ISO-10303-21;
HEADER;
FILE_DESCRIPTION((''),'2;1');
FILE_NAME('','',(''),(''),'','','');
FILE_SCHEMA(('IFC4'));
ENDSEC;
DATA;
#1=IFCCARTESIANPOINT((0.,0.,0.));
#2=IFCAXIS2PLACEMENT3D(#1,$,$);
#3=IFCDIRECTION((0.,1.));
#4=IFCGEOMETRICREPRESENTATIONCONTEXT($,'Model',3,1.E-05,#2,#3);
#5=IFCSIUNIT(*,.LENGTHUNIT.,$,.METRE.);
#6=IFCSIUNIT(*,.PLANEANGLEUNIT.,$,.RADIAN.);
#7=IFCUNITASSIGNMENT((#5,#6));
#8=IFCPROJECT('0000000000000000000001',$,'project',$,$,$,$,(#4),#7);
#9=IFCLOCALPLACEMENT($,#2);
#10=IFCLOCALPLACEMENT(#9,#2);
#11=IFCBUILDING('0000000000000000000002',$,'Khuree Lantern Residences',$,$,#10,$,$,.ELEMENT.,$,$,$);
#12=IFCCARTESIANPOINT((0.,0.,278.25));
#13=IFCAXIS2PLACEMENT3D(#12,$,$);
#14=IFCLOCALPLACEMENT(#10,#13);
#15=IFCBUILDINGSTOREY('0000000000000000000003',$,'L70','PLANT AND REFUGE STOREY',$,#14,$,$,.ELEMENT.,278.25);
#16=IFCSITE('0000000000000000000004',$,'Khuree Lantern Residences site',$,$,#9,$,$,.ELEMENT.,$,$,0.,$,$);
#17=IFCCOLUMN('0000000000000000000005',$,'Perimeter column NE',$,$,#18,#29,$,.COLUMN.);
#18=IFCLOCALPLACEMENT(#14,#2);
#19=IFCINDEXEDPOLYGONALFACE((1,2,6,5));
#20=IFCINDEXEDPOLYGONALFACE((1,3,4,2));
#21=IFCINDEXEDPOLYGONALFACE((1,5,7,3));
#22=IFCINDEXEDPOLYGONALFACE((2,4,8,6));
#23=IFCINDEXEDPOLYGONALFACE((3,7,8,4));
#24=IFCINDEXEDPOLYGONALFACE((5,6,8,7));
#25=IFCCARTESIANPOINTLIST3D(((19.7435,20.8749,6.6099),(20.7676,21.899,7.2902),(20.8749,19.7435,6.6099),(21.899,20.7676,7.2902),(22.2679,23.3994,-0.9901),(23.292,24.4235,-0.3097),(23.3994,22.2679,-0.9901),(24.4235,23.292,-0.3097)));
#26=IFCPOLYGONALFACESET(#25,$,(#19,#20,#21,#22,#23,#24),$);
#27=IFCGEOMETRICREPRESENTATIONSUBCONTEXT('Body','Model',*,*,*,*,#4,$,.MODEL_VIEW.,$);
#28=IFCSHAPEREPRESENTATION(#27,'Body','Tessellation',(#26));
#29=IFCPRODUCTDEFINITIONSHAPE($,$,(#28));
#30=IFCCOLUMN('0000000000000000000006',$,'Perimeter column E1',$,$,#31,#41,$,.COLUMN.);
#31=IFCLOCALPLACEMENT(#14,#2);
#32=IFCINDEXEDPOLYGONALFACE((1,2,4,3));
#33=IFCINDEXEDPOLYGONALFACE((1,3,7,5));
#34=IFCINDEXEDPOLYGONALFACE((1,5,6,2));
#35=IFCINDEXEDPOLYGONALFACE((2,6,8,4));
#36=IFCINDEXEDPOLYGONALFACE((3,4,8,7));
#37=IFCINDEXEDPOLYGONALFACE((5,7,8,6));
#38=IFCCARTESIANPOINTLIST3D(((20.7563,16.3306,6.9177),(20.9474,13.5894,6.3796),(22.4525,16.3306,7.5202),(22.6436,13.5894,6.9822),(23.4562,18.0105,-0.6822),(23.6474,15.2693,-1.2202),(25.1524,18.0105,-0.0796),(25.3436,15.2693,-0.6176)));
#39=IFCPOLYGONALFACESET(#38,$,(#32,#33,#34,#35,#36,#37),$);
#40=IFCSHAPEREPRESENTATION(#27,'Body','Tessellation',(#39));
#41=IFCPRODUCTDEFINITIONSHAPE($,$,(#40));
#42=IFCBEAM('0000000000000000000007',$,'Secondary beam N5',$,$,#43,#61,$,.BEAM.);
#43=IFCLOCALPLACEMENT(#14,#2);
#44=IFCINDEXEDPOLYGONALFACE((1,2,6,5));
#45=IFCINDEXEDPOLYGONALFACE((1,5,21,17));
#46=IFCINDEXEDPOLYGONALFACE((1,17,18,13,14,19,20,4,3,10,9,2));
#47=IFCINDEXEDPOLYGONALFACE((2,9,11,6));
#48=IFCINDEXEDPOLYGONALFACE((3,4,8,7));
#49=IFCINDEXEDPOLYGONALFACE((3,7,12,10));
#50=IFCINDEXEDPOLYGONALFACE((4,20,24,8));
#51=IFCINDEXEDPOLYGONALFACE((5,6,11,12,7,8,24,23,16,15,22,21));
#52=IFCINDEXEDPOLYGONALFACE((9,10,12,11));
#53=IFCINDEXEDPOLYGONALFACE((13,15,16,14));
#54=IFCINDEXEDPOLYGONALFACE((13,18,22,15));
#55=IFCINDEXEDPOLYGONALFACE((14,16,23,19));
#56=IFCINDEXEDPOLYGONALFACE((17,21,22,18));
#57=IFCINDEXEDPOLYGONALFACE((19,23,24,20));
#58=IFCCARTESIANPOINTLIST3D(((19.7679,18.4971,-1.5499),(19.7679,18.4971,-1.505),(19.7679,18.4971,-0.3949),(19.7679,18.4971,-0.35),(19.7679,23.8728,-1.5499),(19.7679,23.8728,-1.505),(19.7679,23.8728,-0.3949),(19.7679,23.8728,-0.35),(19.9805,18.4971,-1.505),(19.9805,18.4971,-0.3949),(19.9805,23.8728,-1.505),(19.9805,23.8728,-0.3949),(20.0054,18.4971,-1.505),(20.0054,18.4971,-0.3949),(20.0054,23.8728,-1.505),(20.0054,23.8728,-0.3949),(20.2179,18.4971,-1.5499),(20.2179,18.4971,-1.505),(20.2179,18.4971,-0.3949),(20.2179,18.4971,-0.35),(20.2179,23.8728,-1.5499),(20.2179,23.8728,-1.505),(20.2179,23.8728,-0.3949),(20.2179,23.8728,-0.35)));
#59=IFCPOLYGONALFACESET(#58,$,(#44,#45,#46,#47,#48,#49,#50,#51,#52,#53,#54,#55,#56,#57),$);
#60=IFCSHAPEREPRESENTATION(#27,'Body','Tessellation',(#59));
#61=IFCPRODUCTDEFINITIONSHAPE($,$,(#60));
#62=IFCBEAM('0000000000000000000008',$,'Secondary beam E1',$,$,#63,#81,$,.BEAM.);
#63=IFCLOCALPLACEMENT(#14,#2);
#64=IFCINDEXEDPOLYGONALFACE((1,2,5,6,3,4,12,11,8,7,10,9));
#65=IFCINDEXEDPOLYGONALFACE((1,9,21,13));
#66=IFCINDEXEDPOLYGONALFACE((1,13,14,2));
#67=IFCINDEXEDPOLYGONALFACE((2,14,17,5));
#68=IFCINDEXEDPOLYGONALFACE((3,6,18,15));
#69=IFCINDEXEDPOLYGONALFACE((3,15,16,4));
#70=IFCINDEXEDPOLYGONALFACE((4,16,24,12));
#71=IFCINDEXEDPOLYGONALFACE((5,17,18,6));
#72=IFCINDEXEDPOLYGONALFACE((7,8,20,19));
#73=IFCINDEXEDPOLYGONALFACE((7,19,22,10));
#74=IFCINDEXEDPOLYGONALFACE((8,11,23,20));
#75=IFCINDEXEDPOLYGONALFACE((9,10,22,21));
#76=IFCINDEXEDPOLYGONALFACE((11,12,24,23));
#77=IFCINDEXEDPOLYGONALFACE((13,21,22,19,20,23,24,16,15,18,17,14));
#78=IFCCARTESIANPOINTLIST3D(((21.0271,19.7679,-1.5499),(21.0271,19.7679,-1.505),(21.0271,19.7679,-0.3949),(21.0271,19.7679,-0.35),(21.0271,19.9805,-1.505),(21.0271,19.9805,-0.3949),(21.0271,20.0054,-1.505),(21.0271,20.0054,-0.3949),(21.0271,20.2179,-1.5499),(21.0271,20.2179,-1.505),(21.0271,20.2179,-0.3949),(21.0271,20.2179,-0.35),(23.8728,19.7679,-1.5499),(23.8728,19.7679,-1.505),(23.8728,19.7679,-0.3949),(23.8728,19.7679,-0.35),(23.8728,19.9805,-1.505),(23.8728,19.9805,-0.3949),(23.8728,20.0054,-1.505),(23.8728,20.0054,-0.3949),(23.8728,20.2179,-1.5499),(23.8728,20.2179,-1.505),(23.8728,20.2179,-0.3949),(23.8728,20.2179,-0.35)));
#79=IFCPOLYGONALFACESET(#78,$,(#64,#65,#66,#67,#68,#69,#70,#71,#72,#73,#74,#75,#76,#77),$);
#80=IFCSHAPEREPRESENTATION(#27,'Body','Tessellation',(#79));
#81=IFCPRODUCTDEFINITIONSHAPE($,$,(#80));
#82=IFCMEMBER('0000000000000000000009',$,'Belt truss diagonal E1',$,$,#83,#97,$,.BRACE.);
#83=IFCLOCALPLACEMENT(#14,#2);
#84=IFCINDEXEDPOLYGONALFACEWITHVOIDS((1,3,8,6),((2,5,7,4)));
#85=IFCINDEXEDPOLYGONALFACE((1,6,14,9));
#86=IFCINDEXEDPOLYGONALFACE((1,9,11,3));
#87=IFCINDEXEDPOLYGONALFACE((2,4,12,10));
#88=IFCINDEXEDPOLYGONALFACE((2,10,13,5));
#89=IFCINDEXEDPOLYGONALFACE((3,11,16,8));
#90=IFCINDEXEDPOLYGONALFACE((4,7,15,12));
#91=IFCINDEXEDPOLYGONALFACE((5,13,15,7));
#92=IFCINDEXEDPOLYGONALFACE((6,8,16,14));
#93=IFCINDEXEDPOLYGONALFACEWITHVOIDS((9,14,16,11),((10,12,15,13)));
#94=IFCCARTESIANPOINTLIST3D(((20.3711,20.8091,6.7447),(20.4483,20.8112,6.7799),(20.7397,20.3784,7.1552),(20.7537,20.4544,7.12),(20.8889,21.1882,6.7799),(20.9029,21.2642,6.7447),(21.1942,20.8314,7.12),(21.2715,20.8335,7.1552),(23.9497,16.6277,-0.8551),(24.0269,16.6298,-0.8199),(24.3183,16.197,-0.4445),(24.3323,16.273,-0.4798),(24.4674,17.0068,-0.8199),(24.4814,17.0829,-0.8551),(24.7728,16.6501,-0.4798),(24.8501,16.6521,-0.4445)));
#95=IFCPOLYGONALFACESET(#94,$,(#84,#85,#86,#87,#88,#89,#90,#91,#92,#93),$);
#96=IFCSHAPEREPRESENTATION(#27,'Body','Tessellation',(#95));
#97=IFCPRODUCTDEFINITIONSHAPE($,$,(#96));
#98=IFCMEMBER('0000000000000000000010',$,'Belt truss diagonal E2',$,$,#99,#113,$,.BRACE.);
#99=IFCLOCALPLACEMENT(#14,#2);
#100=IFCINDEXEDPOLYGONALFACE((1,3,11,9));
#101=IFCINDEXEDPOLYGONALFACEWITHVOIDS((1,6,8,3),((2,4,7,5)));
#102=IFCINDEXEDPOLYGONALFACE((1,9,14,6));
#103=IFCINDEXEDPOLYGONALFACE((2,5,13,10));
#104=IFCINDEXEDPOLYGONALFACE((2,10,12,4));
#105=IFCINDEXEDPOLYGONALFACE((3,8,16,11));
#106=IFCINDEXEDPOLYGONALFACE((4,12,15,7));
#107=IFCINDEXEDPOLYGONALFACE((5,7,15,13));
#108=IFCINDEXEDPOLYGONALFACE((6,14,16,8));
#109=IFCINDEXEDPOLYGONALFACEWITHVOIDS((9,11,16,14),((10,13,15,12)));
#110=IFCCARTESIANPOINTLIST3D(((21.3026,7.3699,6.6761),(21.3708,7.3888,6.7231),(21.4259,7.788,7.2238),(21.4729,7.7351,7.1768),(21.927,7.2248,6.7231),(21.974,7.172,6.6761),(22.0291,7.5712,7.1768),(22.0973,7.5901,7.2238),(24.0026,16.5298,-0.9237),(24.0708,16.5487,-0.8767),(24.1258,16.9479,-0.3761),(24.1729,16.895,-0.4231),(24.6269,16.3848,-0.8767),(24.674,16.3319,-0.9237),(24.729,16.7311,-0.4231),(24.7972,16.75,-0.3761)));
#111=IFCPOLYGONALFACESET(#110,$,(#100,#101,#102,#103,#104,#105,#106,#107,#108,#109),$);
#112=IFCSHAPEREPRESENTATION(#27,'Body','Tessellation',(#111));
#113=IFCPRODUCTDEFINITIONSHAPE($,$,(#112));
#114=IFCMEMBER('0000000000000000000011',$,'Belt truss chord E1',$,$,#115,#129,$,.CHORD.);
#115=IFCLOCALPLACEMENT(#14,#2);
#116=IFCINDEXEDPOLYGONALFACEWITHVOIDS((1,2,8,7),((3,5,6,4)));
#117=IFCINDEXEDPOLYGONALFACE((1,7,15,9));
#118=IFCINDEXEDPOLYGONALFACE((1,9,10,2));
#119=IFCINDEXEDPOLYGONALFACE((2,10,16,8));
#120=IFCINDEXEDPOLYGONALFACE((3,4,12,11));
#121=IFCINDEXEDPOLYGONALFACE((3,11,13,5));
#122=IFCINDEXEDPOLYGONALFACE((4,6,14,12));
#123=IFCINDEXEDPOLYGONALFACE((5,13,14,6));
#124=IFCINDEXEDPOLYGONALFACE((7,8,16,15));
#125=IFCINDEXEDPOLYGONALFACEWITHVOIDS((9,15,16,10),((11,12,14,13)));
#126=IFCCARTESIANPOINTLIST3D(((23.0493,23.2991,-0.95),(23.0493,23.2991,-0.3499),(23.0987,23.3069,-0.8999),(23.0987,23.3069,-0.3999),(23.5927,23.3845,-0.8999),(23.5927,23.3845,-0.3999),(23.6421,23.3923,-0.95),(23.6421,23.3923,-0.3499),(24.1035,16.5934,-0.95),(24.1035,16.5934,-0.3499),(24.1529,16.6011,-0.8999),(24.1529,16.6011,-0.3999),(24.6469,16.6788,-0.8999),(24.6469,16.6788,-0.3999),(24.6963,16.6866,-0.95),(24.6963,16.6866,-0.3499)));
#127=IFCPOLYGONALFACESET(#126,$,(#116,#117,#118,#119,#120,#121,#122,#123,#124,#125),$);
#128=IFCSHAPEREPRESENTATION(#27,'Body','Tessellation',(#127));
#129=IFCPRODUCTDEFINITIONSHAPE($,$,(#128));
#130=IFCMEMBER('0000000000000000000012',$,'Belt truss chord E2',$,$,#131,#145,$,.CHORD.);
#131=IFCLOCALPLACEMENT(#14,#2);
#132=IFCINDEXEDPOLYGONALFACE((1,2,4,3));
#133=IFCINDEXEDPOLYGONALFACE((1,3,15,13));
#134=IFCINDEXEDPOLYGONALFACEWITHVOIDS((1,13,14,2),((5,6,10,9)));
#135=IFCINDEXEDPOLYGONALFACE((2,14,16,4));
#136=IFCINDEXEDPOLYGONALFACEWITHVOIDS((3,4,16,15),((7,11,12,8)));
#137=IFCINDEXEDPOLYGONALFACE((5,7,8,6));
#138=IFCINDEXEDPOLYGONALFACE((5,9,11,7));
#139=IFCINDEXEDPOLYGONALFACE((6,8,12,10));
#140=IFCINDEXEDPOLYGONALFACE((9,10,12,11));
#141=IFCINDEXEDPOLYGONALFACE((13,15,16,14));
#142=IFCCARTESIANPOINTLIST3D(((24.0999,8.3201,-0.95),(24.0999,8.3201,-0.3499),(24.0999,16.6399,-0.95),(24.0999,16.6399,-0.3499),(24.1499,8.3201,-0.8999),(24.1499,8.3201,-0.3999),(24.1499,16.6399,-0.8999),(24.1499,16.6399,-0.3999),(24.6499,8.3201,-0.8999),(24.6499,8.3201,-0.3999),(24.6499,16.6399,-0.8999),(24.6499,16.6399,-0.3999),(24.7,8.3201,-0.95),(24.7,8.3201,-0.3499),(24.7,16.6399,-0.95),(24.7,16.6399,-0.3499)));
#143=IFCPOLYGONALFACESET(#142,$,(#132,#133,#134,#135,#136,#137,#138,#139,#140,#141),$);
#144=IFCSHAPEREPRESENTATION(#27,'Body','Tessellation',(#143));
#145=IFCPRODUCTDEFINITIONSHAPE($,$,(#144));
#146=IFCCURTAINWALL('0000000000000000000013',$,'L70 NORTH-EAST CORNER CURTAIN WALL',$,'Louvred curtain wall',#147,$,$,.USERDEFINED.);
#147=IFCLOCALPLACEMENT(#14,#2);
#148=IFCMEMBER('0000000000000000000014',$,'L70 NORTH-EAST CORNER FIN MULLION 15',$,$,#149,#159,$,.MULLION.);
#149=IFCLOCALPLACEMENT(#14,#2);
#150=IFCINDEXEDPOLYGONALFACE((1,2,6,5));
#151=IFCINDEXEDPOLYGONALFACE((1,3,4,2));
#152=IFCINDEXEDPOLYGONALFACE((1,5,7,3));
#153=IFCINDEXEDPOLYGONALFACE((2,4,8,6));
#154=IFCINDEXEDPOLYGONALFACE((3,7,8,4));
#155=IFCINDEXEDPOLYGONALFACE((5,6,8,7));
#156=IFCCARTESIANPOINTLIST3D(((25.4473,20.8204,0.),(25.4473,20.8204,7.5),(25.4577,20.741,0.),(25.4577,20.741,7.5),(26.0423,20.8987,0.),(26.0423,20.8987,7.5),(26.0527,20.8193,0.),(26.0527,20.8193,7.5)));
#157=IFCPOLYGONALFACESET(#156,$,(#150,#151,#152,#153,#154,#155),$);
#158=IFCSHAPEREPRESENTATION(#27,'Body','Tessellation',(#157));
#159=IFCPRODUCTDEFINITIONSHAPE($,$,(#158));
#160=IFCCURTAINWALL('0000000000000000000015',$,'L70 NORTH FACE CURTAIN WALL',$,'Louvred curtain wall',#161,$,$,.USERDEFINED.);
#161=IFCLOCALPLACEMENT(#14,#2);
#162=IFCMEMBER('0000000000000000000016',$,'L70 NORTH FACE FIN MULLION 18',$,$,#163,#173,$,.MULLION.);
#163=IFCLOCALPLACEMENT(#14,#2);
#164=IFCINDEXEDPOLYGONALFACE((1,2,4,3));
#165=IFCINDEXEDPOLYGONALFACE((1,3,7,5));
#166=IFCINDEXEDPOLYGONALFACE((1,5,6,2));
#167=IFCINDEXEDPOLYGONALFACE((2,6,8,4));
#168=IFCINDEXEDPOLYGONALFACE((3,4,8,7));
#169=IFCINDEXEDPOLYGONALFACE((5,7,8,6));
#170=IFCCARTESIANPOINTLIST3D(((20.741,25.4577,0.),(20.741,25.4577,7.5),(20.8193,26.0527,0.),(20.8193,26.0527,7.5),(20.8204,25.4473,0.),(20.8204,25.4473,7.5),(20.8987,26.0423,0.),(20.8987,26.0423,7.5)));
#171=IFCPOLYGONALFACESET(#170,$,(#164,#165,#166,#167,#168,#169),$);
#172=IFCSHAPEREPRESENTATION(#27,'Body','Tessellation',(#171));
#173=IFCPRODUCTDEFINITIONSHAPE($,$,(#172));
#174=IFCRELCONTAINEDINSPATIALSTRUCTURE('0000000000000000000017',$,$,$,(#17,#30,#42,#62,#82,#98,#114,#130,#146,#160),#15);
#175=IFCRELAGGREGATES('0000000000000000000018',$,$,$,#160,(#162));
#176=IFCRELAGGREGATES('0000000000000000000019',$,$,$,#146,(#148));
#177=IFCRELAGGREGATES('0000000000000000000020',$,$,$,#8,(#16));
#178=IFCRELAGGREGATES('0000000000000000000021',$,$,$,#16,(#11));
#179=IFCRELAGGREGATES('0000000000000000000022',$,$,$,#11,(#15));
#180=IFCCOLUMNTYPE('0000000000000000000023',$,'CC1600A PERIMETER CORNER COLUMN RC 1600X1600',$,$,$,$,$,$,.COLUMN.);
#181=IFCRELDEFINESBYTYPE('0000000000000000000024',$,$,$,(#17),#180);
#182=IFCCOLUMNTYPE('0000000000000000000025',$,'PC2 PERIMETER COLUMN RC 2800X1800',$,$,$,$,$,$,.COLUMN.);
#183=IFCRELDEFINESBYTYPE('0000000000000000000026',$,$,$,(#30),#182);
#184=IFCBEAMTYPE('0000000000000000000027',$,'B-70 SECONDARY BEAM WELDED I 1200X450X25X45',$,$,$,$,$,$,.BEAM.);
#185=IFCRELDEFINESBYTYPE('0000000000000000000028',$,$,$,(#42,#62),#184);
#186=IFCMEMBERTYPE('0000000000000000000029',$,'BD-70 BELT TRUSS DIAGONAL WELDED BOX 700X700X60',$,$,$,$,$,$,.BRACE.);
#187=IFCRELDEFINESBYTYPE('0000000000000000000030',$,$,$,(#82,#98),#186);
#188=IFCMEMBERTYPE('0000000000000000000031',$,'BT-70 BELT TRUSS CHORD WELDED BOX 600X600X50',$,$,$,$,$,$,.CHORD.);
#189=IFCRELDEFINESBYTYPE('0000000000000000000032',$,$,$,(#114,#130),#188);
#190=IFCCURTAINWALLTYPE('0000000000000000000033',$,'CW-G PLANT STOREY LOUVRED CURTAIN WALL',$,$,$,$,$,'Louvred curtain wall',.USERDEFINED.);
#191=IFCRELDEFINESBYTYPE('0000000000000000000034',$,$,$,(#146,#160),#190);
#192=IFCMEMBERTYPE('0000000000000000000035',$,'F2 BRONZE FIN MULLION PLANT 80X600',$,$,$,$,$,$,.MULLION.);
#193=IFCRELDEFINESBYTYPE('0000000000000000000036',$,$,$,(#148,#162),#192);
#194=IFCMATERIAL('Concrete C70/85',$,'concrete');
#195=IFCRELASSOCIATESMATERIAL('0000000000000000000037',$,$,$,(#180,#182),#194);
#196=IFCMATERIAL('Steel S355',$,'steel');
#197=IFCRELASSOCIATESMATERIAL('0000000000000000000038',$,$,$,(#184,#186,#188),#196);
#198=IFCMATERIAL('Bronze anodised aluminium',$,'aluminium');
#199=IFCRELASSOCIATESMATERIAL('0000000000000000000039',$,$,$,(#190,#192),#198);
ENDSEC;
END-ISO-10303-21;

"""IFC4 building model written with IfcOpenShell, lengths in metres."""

from ifc_helpers import new_model, si_unit, direction, frame, origin, origin_2d, place, context, subcontext, project, spatial, rectangle, hollow_rectangle, i_section, extrude, material, material_profile, profile_set, type_object, element, aggregate, save


model = new_model("IFC4")

# Units and contexts
model_context = context("Model", 3, precision=1e-05, world=origin(), true_north=direction((0.0, 1.0)))
body_context = subcontext(model_context, "Body", "Model", "MODEL_VIEW")
ifc_project = project(units=[si_unit("LENGTHUNIT", "METRE"), si_unit("PLANEANGLEUNIT", "RADIAN")], contexts=[model_context])

# Site, building, storey
site_placement = place(None, origin())
site = spatial("IfcSite", under=ifc_project, at=site_placement, Name="Khuree Lantern Residences site", CompositionType="ELEMENT", RefElevation=0.0)
building_placement = place(site_placement, origin())
building = spatial("IfcBuilding", under=site, at=building_placement, Name="Khuree Lantern Residences", CompositionType="ELEMENT")
storey_placement = place(building_placement, frame((0.0, 0.0, 278.25)))
storey = spatial("IfcBuildingStorey", under=building, at=storey_placement, Name="L70", Description="PLANT AND REFUGE STOREY", CompositionType="ELEMENT", Elevation=278.25)

# Columns
ifc_material_1 = material(Name="Concrete C70/85", Category="concrete")
ifc_material_profile_1 = material_profile(ifc_material_1, rectangle(XDim=1.6001, YDim=1.6001, at=origin_2d()), Name="RC 1600X1600")
ifc_profile_set_1 = profile_set([ifc_material_profile_1], Name="Concrete C70/85")
column_type_1 = type_object("IfcColumnType", Name="CC1600A PERIMETER CORNER COLUMN RC 1600X1600", PredefinedType="COLUMN", material=ifc_profile_set_1)
column_1_placement = place(storey_placement, frame((23.3457, 23.3457, -0.6499), z_axis=(-0.300647, -0.300647, 0.905109), x_axis=(0.707107, -0.707107, 0.0)))
element("IfcColumn", 1, at=column_1_placement, inside=storey, type_object=column_type_1, Name="Perimeter column NE", PredefinedType="COLUMN", context=body_context, shape_type="SweptSolid", body=[
    extrude(rectangle(XDim=1.6001, YDim=1.6001, at=origin_2d()), origin(), (0.0, 0.0, 1.0), 8.3967),
])
ifc_material_profile_2 = material_profile(ifc_material_1, rectangle(XDim=2.8, YDim=1.8, at=origin_2d()), Name="RC 2800X1800")
ifc_profile_set_2 = profile_set([ifc_material_profile_2], Name="Concrete C70/85")
column_type_2 = type_object("IfcColumnType", Name="PC2 PERIMETER COLUMN RC 2800X1800", PredefinedType="COLUMN", material=ifc_profile_set_2)
column_2_placement = place(storey_placement, frame((24.3999, 16.6399, -0.6499), z_axis=(-0.327731, -0.203917, 0.922502), x_axis=(-0.068256, 0.978988, 0.192155)))
element("IfcColumn", 2, at=column_2_placement, inside=storey, type_object=column_type_2, Name="Perimeter column E1", PredefinedType="COLUMN", context=body_context, shape_type="SweptSolid", body=[
    extrude(rectangle(XDim=2.8, YDim=1.8, at=origin_2d()), origin(), (0.0, 0.0, 1.0), 8.2383),
])

# Beams
ifc_material_2 = material(Name="Steel S355", Category="steel")
ifc_material_profile_3 = material_profile(ifc_material_2, i_section(OverallWidth=0.45, OverallDepth=1.2, WebThickness=0.0249, FlangeThickness=0.0449, at=origin_2d()), Name="WELDED I 1200X450X25X45")
ifc_profile_set_3 = profile_set([ifc_material_profile_3], Name="Steel S355")
beam_type_1 = type_object("IfcBeamType", Name="B-70 SECONDARY BEAM WELDED I 1200X450X25X45", PredefinedType="BEAM", material=ifc_profile_set_3)
beam_1_placement = place(storey_placement, frame((19.9929, 23.8728, -0.95), z_axis=(0.0, -1.0, 0.0), x_axis=(1.0, 0.0, 0.0)))
element("IfcBeam", 3, at=beam_1_placement, inside=storey, type_object=beam_type_1, Name="Secondary beam N5", PredefinedType="BEAM", context=body_context, shape_type="SweptSolid", body=[
    extrude(i_section(OverallWidth=0.45, OverallDepth=1.2, WebThickness=0.0249, FlangeThickness=0.0449, at=origin_2d()), origin(), (0.0, 0.0, 1.0), 5.3757),
])
beam_2_placement = place(storey_placement, frame((23.8728, 19.9929, -0.95), z_axis=(-1.0, 0.0, 0.0), x_axis=(0.0, -1.0, 0.0)))
element("IfcBeam", 4, at=beam_2_placement, inside=storey, type_object=beam_type_1, Name="Secondary beam E1", PredefinedType="BEAM", context=body_context, shape_type="SweptSolid", body=[
    extrude(i_section(OverallWidth=0.45, OverallDepth=1.2, WebThickness=0.0249, FlangeThickness=0.0449, at=origin_2d()), origin(), (0.0, 0.0, 1.0), 2.8457),
])

# Members
ifc_material_profile_4 = material_profile(ifc_material_2, hollow_rectangle(XDim=0.7, YDim=0.7, WallThickness=0.0601, at=origin_2d()), Name="WELDED BOX 700X700X60")
ifc_profile_set_4 = profile_set([ifc_material_profile_4], Name="Steel S355")
member_type_1 = type_object("IfcMemberType", Name="BD-70 BELT TRUSS DIAGONAL WELDED BOX 700X700X60", PredefinedType="BRACE", material=ifc_profile_set_4)
member_1_placement = place(storey_placement, frame((20.8213, 20.8213, 6.95), z_axis=(0.381377, -0.445616, -0.809925), x_axis=(0.759745, 0.650221, 0.0)))
element("IfcMember", 5, at=member_1_placement, inside=storey, type_object=member_type_1, Name="Belt truss diagonal E1", PredefinedType="BRACE", context=body_context, shape_type="SweptSolid", body=[
    extrude(hollow_rectangle(XDim=0.7, YDim=0.7, WallThickness=0.0601, at=origin_2d()), origin(), (0.0, 0.0, 1.0), 9.3833),
])
member_2_placement = place(storey_placement, frame((24.3999, 16.6399, -0.6499), z_axis=(-0.221225, -0.750531, 0.622706), x_axis=(0.959199, -0.282731, 0.0)))
element("IfcMember", 6, at=member_2_placement, inside=storey, type_object=member_type_1, Name="Belt truss diagonal E2", PredefinedType="BRACE", context=body_context, shape_type="SweptSolid", body=[
    extrude(hollow_rectangle(XDim=0.7, YDim=0.7, WallThickness=0.0601, at=origin_2d()), origin(), (0.0, 0.0, 1.0), 12.2046),
])
ifc_material_profile_5 = material_profile(ifc_material_2, hollow_rectangle(XDim=0.6001, YDim=0.6001, WallThickness=0.05, at=origin_2d()), Name="WELDED BOX 600X600X50")
ifc_profile_set_5 = profile_set([ifc_material_profile_5], Name="Steel S355")
member_type_2 = type_object("IfcMemberType", Name="BT-70 BELT TRUSS CHORD WELDED BOX 600X600X50", PredefinedType="CHORD", material=ifc_profile_set_5)
member_3_placement = place(storey_placement, frame((23.3457, 23.3457, -0.6499), z_axis=(0.1553, -0.987867, 0.0), x_axis=(0.987867, 0.1553, 0.0)))
element("IfcMember", 7, at=member_3_placement, inside=storey, type_object=member_type_2, Name="Belt truss chord E1", PredefinedType="CHORD", context=body_context, shape_type="SweptSolid", body=[
    extrude(hollow_rectangle(XDim=0.6001, YDim=0.6001, WallThickness=0.05, at=origin_2d()), origin(), (0.0, 0.0, 1.0), 6.7881),
])
member_4_placement = place(storey_placement, frame((24.3999, 16.6399, -0.6499), z_axis=(0.0, -1.0, 0.0), x_axis=(1.0, 0.0, 0.0)))
element("IfcMember", 8, at=member_4_placement, inside=storey, type_object=member_type_2, Name="Belt truss chord E2", PredefinedType="CHORD", context=body_context, shape_type="SweptSolid", body=[
    extrude(hollow_rectangle(XDim=0.6001, YDim=0.6001, WallThickness=0.05, at=origin_2d()), origin(), (0.0, 0.0, 1.0), 8.3198),
])

# Curtain walls, members
ifc_material_3 = material(Name="Bronze anodised aluminium", Category="aluminium")
curtain_wall_type = type_object("IfcCurtainWallType", Name="CW-G PLANT STOREY LOUVRED CURTAIN WALL", ElementType="Louvred curtain wall", PredefinedType="USERDEFINED", material=ifc_material_3)
curtain_wall_1_placement = place(storey_placement, origin())
curtain_wall_1 = element("IfcCurtainWall", 9, at=curtain_wall_1_placement, inside=storey, type_object=curtain_wall_type, Name="L70 NORTH-EAST CORNER CURTAIN WALL", ObjectType="Louvred curtain wall", PredefinedType="USERDEFINED")
ifc_material_profile_6 = material_profile(ifc_material_3, rectangle(XDim=0.0801, YDim=0.6001, at=origin_2d()), Name="F2 80X600")
ifc_profile_set_6 = profile_set([ifc_material_profile_6], Name="Bronze anodised aluminium")
member_type_3 = type_object("IfcMemberType", Name="F2 BRONZE FIN MULLION PLANT 80X600", PredefinedType="MULLION", material=ifc_profile_set_6)
member_5_placement = place(storey_placement, frame((25.75, 20.8198, 0.0), z_axis=(0.0, 0.0, 1.0), x_axis=(-0.130526, 0.991445, 0.0)))
member_5 = element("IfcMember", 10, at=member_5_placement, type_object=member_type_3, Name="L70 NORTH-EAST CORNER FIN MULLION 15", PredefinedType="MULLION", context=body_context, shape_type="SweptSolid", body=[
    extrude(rectangle(XDim=0.0801, YDim=0.6001, at=origin_2d()), origin(), (0.0, 0.0, 1.0), 7.5),
])
curtain_wall_2_placement = place(storey_placement, origin())
curtain_wall_2 = element("IfcCurtainWall", 11, at=curtain_wall_2_placement, inside=storey, type_object=curtain_wall_type, Name="L70 NORTH FACE CURTAIN WALL", ObjectType="Louvred curtain wall", PredefinedType="USERDEFINED")
member_6_placement = place(storey_placement, frame((20.8198, 25.75, 0.0), z_axis=(0.0, 0.0, 1.0), x_axis=(-0.991445, 0.130526, 0.0)))
member_6 = element("IfcMember", 12, at=member_6_placement, type_object=member_type_3, Name="L70 NORTH FACE FIN MULLION 18", PredefinedType="MULLION", context=body_context, shape_type="SweptSolid", body=[
    extrude(rectangle(XDim=0.0801, YDim=0.6001, at=origin_2d()), origin(), (0.0, 0.0, 1.0), 7.5),
])

aggregate(curtain_wall_2, [member_6])

aggregate(curtain_wall_1, [member_5])

save(model, "model.ifc")
